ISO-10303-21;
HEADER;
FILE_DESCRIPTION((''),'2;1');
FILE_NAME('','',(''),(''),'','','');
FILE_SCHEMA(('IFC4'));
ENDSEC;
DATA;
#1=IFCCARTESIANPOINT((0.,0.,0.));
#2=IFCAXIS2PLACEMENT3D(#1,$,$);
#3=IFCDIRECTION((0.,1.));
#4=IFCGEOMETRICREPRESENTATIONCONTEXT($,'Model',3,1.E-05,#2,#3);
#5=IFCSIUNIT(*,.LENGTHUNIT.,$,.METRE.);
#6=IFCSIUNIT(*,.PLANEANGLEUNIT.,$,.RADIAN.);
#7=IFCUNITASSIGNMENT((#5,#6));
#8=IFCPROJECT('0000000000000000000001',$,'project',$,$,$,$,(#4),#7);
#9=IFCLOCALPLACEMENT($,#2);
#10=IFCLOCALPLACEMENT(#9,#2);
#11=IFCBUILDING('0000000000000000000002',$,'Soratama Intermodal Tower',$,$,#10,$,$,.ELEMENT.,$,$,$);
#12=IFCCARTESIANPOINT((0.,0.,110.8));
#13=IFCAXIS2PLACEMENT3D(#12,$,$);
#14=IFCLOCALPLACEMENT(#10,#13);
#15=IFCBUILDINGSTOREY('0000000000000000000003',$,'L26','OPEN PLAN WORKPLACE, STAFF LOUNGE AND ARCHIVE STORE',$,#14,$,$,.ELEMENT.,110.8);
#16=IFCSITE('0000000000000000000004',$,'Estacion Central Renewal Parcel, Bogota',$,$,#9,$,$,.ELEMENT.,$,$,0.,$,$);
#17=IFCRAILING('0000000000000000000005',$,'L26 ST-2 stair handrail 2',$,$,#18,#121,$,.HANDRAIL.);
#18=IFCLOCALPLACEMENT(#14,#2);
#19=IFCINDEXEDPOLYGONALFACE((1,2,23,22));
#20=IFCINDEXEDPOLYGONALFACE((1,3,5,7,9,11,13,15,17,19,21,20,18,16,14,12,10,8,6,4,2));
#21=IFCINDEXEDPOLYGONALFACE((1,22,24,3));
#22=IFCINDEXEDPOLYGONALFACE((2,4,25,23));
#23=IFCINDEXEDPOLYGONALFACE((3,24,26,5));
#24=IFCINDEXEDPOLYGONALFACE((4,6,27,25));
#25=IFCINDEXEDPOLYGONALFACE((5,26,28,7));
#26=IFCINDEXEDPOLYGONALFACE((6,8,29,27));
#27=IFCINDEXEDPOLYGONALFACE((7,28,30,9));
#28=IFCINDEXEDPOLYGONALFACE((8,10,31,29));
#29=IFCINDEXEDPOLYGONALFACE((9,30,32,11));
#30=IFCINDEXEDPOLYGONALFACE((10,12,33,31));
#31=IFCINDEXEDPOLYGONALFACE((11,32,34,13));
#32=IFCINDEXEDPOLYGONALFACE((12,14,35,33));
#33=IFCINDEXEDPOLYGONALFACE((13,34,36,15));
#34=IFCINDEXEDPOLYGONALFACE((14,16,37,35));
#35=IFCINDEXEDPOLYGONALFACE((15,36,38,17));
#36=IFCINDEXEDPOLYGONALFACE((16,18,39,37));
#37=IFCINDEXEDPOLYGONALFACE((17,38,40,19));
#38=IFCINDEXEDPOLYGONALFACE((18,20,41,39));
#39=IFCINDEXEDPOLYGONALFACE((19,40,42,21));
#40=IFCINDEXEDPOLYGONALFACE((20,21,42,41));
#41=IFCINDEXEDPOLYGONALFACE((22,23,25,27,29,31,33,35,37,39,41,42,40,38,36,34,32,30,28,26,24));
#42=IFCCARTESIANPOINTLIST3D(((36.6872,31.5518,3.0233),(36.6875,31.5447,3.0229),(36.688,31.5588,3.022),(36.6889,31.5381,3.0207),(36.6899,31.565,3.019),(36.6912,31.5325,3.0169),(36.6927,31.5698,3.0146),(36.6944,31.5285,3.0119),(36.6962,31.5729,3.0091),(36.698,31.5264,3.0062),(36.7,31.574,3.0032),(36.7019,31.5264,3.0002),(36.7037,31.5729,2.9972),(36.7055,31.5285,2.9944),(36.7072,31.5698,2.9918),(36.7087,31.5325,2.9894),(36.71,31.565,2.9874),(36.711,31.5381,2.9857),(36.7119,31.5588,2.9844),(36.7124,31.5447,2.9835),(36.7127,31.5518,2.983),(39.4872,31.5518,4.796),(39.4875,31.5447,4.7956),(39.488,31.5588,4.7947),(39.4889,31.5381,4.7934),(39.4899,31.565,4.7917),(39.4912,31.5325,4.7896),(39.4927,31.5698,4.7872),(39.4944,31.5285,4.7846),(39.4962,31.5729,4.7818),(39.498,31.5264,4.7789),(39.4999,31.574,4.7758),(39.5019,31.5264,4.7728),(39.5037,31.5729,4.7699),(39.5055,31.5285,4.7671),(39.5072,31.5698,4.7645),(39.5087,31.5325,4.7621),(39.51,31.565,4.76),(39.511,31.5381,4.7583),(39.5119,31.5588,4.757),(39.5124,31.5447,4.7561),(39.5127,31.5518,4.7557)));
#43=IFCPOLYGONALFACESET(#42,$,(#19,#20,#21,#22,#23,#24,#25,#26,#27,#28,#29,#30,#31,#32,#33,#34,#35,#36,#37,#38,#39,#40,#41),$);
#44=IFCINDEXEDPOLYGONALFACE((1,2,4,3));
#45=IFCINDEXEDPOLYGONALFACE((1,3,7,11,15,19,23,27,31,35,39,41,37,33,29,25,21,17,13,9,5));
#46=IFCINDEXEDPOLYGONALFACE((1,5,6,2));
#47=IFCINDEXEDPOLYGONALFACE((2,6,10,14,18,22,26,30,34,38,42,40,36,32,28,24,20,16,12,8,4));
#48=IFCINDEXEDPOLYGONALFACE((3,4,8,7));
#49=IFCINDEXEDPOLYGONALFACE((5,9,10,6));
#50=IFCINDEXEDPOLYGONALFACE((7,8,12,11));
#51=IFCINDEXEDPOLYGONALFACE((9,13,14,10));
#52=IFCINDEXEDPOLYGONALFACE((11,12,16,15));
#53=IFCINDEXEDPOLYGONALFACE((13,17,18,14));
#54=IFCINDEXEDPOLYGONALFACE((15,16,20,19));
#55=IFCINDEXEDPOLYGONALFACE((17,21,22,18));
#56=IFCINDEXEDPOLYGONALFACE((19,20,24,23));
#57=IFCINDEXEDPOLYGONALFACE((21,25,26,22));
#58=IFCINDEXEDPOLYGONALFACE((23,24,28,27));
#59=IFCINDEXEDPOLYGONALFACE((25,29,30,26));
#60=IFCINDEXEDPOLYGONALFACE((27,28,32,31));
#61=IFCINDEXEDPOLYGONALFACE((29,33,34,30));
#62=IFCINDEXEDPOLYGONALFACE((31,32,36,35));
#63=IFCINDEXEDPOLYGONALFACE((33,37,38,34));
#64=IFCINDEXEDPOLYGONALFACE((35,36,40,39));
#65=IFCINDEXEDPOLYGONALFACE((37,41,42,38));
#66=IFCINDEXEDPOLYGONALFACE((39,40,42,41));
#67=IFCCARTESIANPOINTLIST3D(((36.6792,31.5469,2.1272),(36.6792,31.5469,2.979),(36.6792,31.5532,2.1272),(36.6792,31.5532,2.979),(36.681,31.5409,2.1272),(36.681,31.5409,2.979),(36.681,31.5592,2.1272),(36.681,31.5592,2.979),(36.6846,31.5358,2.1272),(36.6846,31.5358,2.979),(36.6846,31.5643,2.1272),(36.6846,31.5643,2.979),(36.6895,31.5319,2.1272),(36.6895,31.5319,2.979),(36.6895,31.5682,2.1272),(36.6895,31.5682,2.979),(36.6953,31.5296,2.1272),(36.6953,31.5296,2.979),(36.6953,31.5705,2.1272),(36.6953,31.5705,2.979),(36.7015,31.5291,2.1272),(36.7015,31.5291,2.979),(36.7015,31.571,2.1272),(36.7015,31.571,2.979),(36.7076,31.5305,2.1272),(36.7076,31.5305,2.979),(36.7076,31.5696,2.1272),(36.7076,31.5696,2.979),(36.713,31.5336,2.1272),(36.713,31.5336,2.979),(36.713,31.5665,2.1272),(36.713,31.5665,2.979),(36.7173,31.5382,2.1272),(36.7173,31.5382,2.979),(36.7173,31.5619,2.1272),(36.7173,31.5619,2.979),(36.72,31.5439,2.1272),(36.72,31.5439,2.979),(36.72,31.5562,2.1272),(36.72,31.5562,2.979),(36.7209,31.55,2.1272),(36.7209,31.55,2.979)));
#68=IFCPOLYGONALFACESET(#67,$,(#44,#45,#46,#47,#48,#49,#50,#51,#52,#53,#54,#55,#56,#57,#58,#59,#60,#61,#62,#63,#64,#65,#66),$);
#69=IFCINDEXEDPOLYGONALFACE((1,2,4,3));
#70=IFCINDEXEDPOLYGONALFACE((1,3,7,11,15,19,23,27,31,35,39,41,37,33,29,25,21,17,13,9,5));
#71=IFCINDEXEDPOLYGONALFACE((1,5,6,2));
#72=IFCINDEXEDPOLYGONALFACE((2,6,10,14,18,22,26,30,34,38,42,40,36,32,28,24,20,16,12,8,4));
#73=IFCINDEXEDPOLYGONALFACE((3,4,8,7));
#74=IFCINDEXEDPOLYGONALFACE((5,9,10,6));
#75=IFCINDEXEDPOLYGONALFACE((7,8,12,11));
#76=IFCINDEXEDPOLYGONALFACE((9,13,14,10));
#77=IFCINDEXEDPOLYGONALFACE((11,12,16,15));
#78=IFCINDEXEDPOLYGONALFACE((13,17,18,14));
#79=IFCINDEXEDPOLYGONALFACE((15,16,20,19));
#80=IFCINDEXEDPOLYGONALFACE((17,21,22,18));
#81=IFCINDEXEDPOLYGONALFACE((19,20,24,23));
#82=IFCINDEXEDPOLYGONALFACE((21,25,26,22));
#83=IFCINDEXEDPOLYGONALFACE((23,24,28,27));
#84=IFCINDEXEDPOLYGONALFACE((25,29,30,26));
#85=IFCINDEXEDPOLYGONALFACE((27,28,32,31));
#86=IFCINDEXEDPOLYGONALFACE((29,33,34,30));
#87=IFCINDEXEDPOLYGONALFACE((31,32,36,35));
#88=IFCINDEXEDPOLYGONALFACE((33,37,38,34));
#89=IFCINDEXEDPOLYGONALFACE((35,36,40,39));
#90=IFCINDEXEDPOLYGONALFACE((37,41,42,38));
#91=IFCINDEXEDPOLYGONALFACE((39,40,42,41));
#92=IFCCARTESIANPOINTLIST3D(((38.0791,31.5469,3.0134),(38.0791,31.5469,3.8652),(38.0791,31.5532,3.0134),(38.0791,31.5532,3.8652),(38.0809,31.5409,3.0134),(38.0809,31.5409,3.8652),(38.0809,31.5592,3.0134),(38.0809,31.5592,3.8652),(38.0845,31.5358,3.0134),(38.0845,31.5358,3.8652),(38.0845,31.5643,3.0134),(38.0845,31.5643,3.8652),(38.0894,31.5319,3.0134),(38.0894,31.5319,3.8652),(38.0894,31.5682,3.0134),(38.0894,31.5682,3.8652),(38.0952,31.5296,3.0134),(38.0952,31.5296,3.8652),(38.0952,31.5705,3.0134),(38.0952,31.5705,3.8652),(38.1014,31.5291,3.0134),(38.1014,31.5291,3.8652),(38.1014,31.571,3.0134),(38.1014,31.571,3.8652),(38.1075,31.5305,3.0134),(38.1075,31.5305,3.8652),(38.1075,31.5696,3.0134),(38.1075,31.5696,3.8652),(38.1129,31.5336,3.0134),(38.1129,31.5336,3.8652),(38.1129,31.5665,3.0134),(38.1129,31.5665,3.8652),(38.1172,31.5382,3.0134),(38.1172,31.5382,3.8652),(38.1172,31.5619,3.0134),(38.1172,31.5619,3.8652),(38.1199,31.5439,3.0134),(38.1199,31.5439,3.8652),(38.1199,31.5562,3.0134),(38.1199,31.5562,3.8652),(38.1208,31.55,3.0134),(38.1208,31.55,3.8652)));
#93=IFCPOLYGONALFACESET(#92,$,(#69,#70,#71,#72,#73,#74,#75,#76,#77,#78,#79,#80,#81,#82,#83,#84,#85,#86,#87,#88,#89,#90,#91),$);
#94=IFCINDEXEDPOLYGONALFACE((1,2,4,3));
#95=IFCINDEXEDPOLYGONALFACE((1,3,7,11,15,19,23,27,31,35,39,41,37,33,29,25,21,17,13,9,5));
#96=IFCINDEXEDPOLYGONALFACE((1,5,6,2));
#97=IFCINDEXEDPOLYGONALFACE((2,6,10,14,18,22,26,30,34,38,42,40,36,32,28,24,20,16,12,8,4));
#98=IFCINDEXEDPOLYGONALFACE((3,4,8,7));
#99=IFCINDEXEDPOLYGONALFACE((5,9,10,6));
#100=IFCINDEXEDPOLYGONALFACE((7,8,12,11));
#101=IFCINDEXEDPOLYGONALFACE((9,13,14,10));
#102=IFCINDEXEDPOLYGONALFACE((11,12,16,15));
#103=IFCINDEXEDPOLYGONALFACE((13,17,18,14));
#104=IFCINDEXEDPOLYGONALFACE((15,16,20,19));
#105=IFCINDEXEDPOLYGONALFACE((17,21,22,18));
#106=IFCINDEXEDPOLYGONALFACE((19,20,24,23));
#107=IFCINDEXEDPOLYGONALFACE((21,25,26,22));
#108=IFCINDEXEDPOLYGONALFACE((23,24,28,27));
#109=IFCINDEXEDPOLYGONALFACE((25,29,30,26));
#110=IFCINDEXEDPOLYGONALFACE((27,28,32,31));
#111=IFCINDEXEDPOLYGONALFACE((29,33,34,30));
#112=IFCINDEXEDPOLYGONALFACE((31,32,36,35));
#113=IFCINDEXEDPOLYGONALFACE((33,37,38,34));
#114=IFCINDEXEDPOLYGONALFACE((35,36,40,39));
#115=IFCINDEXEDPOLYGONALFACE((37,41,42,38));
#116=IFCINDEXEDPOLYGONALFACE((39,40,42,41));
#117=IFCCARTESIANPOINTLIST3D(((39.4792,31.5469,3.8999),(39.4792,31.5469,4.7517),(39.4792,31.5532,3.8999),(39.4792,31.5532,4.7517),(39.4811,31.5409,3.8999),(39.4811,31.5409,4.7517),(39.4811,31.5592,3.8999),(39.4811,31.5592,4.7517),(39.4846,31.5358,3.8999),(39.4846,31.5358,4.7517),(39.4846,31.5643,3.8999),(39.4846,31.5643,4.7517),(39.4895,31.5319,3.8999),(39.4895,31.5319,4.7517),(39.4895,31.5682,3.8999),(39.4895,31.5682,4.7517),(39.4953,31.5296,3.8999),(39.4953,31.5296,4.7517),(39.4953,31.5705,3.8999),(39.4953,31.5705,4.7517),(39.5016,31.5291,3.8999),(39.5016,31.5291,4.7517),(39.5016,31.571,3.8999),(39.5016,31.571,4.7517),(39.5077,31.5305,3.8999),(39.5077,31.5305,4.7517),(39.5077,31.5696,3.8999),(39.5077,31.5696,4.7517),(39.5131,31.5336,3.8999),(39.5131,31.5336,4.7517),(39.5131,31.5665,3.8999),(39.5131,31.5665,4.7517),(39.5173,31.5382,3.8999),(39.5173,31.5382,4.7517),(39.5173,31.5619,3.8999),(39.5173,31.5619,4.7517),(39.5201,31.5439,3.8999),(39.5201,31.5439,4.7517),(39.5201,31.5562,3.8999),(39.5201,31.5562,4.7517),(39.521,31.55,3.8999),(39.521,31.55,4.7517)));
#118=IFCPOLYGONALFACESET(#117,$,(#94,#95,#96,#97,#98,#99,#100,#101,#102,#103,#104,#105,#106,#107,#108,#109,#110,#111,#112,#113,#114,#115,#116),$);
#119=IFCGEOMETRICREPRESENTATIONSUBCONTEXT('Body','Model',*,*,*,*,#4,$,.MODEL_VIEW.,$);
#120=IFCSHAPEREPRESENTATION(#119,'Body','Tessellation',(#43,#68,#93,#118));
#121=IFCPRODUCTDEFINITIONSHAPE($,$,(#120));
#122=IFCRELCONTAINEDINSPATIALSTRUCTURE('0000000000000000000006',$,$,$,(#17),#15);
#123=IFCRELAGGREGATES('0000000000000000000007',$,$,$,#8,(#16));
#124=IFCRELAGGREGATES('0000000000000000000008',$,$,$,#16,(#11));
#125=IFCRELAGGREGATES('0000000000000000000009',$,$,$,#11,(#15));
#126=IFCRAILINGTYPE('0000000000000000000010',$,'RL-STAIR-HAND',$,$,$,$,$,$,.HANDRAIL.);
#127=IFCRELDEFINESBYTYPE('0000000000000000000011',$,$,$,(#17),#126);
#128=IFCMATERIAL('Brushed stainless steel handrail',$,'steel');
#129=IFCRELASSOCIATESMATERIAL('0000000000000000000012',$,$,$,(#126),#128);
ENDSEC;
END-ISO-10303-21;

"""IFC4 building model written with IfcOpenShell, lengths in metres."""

from ifc_helpers import new_model, si_unit, direction, frame, origin, origin_2d, place, context, subcontext, project, spatial, circle, extrude, material, type_object, element, save


model = new_model("IFC4")

# Units and contexts
model_context = context("Model", 3, precision=1e-05, world=origin(), true_north=direction((0.0, 1.0)))
body_context = subcontext(model_context, "Body", "Model", "MODEL_VIEW")
ifc_project = project(units=[si_unit("LENGTHUNIT", "METRE"), si_unit("PLANEANGLEUNIT", "RADIAN")], contexts=[model_context])

# Site, building, storey
site_placement = place(None, origin())
site = spatial("IfcSite", under=ifc_project, at=site_placement, Name="Estacion Central Renewal Parcel, Bogota", CompositionType="ELEMENT", RefElevation=0.0)
building_placement = place(site_placement, origin())
building = spatial("IfcBuilding", under=site, at=building_placement, Name="Soratama Intermodal Tower", CompositionType="ELEMENT")
storey_placement = place(building_placement, frame((0.0, 0.0, 110.8)))
storey = spatial("IfcBuildingStorey", under=building, at=storey_placement, Name="L26", Description="OPEN PLAN WORKPLACE, STAFF LOUNGE AND ARCHIVE STORE", CompositionType="ELEMENT", Elevation=110.8)

# Railing
ifc_material_1 = material(Name="Brushed stainless steel handrail", Category="steel")
railing_type_1 = type_object("IfcRailingType", Name="RL-STAIR-HAND", PredefinedType="HANDRAIL", material=ifc_material_1)
railing_1_placement = place(storey_placement, frame((36.7, 31.55, 2.1272)))
element("IfcRailing", 1, at=railing_1_placement, inside=storey, type_object=railing_type_1, Name="L26 ST-2 stair handrail 2", PredefinedType="HANDRAIL", context=body_context, shape_type="SweptSolid", body=[
    extrude(circle(Radius=0.0239, at=origin_2d()), frame((0.0, 0.0, 0.876), z_axis=(0.844909, 0.0, 0.53491), x_axis=(0.0, 1.0, 0.0)), (0.0, 0.0, 1.0), 3.314),
    extrude(circle(Radius=0.021, at=origin_2d()), origin(), (0.0, 0.0, 1.0), 0.8518),
    extrude(circle(Radius=0.021, at=origin_2d()), frame((1.3999, 0.0, 0.8862)), (0.0, 0.0, 1.0), 0.8518),
    extrude(circle(Radius=0.021, at=origin_2d()), frame((2.8, 0.0, 1.7727)), (0.0, 0.0, 1.0), 0.8518),
])

save(model, "model.ifc")
